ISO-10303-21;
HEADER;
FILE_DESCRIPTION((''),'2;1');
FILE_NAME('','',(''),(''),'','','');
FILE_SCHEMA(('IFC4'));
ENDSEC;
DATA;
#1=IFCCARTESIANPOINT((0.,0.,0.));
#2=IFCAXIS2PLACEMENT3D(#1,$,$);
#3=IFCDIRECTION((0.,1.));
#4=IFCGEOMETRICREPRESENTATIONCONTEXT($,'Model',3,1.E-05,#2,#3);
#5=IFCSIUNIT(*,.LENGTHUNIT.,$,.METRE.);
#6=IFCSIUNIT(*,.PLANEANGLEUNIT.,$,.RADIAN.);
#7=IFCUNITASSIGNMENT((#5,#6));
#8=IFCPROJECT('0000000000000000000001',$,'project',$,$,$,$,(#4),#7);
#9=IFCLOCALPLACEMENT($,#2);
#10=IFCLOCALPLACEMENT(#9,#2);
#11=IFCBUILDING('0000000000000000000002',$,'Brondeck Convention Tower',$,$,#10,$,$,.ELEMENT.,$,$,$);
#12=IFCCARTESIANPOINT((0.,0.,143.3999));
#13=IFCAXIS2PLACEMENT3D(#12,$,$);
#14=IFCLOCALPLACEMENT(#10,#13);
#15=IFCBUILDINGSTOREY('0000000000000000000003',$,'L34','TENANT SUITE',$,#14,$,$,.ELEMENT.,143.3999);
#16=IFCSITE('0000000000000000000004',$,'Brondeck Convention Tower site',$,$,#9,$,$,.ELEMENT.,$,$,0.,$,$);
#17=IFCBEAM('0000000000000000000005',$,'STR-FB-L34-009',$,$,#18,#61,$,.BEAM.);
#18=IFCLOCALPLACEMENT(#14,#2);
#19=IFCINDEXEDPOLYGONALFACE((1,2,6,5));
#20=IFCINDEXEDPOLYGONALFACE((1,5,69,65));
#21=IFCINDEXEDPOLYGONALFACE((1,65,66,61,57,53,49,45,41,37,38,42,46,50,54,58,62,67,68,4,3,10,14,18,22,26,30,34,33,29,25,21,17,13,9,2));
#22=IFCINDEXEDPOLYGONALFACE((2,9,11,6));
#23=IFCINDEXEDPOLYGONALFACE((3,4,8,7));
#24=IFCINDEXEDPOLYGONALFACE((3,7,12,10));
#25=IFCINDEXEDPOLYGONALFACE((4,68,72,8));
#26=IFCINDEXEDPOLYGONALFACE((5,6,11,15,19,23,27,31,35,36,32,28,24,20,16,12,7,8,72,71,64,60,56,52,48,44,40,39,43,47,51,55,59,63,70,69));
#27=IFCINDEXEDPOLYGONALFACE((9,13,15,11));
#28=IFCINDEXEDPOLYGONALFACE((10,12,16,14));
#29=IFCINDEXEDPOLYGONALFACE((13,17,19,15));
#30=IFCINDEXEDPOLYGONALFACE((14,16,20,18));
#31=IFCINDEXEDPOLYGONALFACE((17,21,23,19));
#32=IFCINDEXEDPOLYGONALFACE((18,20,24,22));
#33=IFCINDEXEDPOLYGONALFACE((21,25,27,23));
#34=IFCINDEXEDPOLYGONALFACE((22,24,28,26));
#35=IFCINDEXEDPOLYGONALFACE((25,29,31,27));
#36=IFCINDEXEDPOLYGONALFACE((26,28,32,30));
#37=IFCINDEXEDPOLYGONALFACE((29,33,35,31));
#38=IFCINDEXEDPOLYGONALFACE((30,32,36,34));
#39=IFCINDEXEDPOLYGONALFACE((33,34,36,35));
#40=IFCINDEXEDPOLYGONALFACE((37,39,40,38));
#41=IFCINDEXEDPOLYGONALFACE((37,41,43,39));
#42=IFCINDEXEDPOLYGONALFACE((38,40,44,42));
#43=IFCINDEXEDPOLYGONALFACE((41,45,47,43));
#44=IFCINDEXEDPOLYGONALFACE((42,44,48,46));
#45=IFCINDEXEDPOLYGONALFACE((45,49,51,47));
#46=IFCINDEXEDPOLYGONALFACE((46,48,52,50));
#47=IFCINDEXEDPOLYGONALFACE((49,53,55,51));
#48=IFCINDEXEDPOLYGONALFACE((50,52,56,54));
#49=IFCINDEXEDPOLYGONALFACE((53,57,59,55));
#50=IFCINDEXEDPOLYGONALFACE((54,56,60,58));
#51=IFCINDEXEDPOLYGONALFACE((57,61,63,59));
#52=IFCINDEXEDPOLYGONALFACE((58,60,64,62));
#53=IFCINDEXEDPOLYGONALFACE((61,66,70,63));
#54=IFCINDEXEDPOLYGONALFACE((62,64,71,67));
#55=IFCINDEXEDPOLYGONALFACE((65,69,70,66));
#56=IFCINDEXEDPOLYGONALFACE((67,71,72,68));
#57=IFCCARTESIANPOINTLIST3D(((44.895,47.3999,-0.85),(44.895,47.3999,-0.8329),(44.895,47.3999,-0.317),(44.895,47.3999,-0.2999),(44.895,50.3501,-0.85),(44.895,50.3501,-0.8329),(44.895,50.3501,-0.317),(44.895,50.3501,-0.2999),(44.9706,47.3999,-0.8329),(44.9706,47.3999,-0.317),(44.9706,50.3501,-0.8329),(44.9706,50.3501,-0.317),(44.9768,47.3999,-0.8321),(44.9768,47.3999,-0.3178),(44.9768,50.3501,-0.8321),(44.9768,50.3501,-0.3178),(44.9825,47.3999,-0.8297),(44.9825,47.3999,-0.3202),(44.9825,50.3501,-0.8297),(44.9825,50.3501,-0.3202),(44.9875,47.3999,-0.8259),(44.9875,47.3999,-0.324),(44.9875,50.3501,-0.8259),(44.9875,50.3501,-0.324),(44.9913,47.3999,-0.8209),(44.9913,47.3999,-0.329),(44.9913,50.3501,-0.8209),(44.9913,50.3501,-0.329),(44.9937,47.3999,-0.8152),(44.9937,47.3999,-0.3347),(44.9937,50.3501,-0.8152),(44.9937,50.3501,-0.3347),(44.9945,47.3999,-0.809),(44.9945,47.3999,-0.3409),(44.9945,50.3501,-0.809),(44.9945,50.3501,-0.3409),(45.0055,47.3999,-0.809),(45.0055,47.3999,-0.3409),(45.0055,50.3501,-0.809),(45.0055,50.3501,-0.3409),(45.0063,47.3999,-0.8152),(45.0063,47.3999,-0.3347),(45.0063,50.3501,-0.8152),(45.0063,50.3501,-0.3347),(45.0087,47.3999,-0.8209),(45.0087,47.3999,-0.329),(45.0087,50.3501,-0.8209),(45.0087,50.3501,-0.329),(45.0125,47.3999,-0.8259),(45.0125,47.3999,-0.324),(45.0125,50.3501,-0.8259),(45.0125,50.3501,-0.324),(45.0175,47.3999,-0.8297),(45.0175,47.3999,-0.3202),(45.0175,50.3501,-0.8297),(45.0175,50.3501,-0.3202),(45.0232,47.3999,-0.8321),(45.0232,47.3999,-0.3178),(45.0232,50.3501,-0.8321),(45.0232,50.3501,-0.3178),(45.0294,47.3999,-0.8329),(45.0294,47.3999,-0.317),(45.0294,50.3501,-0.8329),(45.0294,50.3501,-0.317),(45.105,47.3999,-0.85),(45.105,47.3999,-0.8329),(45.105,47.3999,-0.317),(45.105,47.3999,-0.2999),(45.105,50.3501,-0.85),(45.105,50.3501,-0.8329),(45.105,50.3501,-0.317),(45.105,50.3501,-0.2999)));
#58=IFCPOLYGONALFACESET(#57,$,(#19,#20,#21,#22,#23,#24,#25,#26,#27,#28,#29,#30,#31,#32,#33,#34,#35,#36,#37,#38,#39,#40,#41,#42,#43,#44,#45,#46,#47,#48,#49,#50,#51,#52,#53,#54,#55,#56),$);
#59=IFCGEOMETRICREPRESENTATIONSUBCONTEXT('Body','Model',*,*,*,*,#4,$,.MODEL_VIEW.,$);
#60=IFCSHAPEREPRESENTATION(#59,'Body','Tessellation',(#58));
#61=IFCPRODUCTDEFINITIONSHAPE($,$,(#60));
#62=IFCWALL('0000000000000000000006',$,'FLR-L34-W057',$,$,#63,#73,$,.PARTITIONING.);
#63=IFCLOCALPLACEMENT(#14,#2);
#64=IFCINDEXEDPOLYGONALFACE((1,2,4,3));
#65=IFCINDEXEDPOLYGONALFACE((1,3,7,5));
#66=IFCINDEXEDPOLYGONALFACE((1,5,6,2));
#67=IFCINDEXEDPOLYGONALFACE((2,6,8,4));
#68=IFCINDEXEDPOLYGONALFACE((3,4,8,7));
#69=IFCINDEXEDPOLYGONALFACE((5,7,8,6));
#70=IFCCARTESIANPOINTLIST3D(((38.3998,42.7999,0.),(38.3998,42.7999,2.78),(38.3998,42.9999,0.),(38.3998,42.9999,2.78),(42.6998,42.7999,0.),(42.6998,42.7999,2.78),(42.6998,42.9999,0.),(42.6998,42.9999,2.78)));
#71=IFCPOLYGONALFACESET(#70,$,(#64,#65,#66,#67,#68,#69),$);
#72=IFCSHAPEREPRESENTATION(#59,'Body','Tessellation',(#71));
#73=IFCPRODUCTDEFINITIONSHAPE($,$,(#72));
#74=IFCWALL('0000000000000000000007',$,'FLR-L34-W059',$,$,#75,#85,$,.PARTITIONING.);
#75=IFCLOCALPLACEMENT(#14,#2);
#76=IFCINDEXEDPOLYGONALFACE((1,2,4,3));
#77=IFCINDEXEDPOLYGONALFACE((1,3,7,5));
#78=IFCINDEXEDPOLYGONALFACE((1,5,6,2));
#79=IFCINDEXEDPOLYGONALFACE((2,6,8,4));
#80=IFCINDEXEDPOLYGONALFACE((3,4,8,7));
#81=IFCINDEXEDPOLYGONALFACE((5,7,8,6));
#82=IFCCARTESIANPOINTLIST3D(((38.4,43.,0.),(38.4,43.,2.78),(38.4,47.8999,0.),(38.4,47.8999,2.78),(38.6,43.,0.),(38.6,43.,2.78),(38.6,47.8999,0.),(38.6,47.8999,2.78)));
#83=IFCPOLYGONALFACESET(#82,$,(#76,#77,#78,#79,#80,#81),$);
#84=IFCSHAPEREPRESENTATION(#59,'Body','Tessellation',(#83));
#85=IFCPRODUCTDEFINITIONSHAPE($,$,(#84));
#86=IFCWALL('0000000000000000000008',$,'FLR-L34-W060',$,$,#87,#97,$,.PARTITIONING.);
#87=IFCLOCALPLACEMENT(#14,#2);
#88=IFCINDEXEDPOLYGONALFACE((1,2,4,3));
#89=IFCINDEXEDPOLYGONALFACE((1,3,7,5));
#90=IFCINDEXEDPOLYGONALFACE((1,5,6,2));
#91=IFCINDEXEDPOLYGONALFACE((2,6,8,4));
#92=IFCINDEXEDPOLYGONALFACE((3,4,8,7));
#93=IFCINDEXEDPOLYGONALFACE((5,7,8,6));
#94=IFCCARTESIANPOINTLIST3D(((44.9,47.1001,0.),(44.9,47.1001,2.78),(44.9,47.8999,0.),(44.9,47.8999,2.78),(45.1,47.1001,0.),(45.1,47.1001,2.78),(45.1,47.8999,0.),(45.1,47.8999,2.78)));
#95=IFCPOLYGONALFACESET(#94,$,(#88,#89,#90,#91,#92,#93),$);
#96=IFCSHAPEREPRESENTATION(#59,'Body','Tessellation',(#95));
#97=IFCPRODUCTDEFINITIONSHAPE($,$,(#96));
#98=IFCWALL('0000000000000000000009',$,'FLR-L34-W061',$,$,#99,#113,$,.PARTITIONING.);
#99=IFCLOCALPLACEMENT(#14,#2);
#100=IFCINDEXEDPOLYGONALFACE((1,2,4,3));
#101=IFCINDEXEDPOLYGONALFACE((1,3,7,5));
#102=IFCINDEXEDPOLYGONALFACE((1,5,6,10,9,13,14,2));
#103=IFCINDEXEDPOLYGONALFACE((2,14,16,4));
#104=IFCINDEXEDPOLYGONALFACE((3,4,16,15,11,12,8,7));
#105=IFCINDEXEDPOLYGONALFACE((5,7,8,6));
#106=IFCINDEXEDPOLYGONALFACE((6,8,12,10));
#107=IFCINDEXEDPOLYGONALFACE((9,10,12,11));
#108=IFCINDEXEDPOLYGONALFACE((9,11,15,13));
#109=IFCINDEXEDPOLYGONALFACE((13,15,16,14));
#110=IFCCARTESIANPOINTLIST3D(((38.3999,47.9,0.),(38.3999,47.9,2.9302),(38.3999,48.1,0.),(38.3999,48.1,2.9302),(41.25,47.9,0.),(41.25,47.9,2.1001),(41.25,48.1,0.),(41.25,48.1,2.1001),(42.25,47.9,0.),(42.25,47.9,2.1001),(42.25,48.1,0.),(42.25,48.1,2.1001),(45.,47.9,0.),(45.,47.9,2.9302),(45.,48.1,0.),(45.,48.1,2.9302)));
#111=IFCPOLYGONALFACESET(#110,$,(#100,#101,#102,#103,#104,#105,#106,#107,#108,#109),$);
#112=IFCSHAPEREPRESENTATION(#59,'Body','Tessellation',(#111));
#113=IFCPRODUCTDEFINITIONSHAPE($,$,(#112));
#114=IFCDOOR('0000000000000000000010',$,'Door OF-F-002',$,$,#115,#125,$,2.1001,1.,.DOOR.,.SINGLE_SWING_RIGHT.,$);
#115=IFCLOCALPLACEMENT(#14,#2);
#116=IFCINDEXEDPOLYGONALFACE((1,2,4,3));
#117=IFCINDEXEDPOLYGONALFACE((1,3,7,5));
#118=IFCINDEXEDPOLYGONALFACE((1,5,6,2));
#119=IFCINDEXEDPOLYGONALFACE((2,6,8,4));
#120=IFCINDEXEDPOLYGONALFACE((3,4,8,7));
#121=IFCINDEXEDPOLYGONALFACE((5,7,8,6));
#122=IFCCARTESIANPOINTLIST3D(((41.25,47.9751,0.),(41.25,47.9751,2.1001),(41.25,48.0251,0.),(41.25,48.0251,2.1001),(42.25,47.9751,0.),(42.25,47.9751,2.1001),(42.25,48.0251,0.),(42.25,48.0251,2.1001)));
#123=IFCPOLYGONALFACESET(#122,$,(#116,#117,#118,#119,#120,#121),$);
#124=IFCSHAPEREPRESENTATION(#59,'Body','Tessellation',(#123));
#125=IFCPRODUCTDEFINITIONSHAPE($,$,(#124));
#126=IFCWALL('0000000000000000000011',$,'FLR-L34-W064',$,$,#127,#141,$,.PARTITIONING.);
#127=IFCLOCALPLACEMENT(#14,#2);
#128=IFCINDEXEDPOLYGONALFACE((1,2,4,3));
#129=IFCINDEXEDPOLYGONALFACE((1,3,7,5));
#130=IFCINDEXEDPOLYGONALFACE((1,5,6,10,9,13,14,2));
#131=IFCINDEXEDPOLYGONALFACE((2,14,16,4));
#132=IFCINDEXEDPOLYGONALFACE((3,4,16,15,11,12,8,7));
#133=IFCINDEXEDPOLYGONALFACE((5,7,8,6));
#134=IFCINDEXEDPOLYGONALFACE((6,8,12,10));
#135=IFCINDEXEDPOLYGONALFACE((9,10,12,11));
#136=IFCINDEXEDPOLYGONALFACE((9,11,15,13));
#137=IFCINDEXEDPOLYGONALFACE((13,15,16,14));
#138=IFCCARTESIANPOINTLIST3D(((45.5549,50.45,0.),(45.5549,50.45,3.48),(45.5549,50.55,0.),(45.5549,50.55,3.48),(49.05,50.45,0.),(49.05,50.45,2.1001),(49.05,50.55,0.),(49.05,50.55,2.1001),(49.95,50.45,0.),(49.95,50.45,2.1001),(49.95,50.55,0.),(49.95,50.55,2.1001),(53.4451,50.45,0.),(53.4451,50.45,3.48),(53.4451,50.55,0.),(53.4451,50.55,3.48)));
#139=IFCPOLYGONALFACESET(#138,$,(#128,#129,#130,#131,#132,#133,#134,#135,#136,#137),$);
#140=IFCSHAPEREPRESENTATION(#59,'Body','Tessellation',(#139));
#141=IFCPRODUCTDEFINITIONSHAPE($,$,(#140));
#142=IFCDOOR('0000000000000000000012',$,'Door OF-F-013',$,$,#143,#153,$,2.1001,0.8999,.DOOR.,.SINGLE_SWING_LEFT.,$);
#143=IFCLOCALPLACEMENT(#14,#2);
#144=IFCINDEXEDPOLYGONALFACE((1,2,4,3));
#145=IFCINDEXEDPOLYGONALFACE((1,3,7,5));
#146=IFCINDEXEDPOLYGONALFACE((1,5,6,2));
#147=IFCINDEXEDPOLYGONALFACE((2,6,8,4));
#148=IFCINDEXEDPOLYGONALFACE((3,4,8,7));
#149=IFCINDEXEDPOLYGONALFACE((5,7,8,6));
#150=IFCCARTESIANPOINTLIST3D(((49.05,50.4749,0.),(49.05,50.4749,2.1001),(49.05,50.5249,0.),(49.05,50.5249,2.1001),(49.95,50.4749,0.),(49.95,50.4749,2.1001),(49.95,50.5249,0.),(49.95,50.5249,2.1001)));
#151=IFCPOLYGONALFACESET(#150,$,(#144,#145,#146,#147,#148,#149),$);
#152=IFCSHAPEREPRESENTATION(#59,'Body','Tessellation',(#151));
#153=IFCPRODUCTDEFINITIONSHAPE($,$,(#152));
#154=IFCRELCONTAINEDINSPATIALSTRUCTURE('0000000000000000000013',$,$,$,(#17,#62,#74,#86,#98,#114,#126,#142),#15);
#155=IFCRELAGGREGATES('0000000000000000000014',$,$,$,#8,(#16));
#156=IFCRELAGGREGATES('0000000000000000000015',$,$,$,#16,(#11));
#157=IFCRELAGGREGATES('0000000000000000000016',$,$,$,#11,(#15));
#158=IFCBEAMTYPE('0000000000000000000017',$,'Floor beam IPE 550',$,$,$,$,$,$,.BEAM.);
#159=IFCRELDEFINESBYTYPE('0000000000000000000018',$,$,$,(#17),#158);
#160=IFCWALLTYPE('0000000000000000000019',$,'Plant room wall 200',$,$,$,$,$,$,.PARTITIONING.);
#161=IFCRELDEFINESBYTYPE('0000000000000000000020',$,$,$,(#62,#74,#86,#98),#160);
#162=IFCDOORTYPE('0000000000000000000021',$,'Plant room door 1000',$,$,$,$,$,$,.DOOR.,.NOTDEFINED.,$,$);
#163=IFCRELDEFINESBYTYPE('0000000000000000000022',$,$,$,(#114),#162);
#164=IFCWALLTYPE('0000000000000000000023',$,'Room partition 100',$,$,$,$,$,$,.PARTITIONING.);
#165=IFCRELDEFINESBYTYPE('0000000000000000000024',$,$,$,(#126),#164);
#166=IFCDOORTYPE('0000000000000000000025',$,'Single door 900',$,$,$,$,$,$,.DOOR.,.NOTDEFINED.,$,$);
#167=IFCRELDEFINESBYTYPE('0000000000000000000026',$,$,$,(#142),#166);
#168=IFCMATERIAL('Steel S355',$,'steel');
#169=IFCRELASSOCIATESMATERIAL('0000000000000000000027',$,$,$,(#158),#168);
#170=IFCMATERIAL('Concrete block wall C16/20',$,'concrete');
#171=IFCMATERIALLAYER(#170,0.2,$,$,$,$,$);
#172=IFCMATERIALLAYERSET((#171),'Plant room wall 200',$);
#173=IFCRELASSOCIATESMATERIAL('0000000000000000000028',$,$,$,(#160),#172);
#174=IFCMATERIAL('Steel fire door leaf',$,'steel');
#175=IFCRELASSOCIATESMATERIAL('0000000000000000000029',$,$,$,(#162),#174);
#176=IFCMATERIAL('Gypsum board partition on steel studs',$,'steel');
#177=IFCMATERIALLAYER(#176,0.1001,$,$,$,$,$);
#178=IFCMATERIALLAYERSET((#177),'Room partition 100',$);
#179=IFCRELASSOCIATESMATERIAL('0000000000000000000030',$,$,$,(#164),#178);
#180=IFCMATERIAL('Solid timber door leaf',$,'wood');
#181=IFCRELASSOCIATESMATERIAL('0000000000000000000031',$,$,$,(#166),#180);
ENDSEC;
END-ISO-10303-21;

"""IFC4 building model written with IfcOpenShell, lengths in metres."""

from ifc_helpers import new_model, si_unit, direction, frame, frame_2d, origin, origin_2d, place, context, subcontext, project, spatial, rectangle, i_section, extrude, material, layer, layer_set, material_profile, profile_set, type_object, element, fill, save


model = new_model("IFC4")

# Units and contexts
model_context = context("Model", 3, precision=1e-05, world=origin(), true_north=direction((0.0, 1.0)))
body_context = subcontext(model_context, "Body", "Model", "MODEL_VIEW")
ifc_project = project(units=[si_unit("LENGTHUNIT", "METRE"), si_unit("PLANEANGLEUNIT", "RADIAN")], contexts=[model_context])

# Site, building, storey
site_placement = place(None, origin())
site = spatial("IfcSite", under=ifc_project, at=site_placement, Name="Brondeck Convention Tower site", CompositionType="ELEMENT", RefElevation=0.0)
building_placement = place(site_placement, origin())
building = spatial("IfcBuilding", under=site, at=building_placement, Name="Brondeck Convention Tower", CompositionType="ELEMENT")
storey_placement = place(building_placement, frame((0.0, 0.0, 143.3999)))
storey = spatial("IfcBuildingStorey", under=building, at=storey_placement, Name="L34", Description="TENANT SUITE", CompositionType="ELEMENT", Elevation=143.3999)

# Beam
ifc_material_1 = material(Name="Steel S355", Category="steel")
ifc_material_profile = material_profile(ifc_material_1, i_section(OverallWidth=0.21, OverallDepth=0.55, WebThickness=0.011, FlangeThickness=0.0171, FilletRadius=0.0239, at=origin_2d()), Name="IPE 550")
ifc_profile_set = profile_set([ifc_material_profile], Name="Steel S355")
beam_type = type_object("IfcBeamType", Name="Floor beam IPE 550", PredefinedType="BEAM", material=ifc_profile_set)
beam_placement = place(storey_placement, frame((45.0, 47.3999, -0.575), z_axis=(0.0, 1.0, 0.0), x_axis=(-1.0, 0.0, 0.0)))
element("IfcBeam", 1, at=beam_placement, inside=storey, type_object=beam_type, Name="STR-FB-L34-009", PredefinedType="BEAM", context=body_context, shape_type="SweptSolid", body=[
    extrude(i_section(OverallWidth=0.21, OverallDepth=0.55, WebThickness=0.011, FlangeThickness=0.0171, FilletRadius=0.0239, at=origin_2d()), origin(), (0.0, 0.0, 1.0), 2.9502),
])

# Walls
ifc_material_2 = material(Name="Concrete block wall C16/20", Category="concrete")
ifc_layer_1 = layer(ifc_material_2, 0.2)
ifc_layer_set_1 = layer_set([ifc_layer_1], Name="Plant room wall 200")
wall_type_1 = type_object("IfcWallType", Name="Plant room wall 200", PredefinedType="PARTITIONING", material=ifc_layer_set_1)
wall_1_placement = place(storey_placement, frame((38.3999, 42.8999, 0.0), z_axis=(0.0, 0.0, 1.0), x_axis=(1.0, 0.0, 0.0)))
element("IfcWall", 2, at=wall_1_placement, inside=storey, type_object=wall_type_1, Name="FLR-L34-W057", PredefinedType="PARTITIONING", context=body_context, shape_type="SweptSolid", body=[
    extrude(rectangle(XDim=4.3, YDim=0.2, at=frame_2d((2.1499, 0.0))), origin(), (0.0, 0.0, 1.0), 2.78),
])
wall_2_placement = place(storey_placement, frame((38.5, 47.8999, 0.0), z_axis=(0.0, 0.0, 1.0), x_axis=(0.0, -1.0, 0.0)))
element("IfcWall", 3, at=wall_2_placement, inside=storey, type_object=wall_type_1, Name="FLR-L34-W059", PredefinedType="PARTITIONING", context=body_context, shape_type="SweptSolid", body=[
    extrude(rectangle(XDim=4.8999, YDim=0.2, at=frame_2d((2.45, 0.0))), origin(), (0.0, 0.0, 1.0), 2.78),
])
wall_3_placement = place(storey_placement, frame((45.0, 47.8999, 0.0), z_axis=(0.0, 0.0, 1.0), x_axis=(0.0, -1.0, 0.0)))
element("IfcWall", 4, at=wall_3_placement, inside=storey, type_object=wall_type_1, Name="FLR-L34-W060", PredefinedType="PARTITIONING", context=body_context, shape_type="SweptSolid", body=[
    extrude(rectangle(XDim=0.7998, YDim=0.2, at=frame_2d((0.3999, 0.0))), origin(), (0.0, 0.0, 1.0), 2.78),
])

# Walls, openings, doors
wall_4_placement = place(storey_placement, frame((45.0, 48.0, 0.0), z_axis=(0.0, 0.0, 1.0), x_axis=(-1.0, 0.0, 0.0)))
wall_4 = element("IfcWall", 5, at=wall_4_placement, inside=storey, type_object=wall_type_1, Name="FLR-L34-W061", PredefinedType="PARTITIONING", context=body_context, shape_type="SweptSolid", body=[
    extrude(rectangle(XDim=6.6001, YDim=0.2, at=frame_2d((3.3, 0.0))), origin(), (0.0, 0.0, 1.0), 2.9302),
])
opening_1_placement = place(wall_4_placement, frame((2.75, 0.0, 0.0)))
opening_1 = element("IfcOpeningElement", 6, at=opening_1_placement, cuts=wall_4, PredefinedType="OPENING", context=body_context, shape_type="SweptSolid", body=[
    extrude(rectangle(XDim=1.0, YDim=2.1001, at=frame_2d((0.5, 1.05))), frame((0.0, 0.1099, 0.0), z_axis=(0.0, -1.0, 0.0), x_axis=(1.0, 0.0, 0.0)), (0.0, 0.0, 1.0), 0.22),
])
ifc_material_3 = material(Name="Steel fire door leaf", Category="steel")
door_type_1 = type_object("IfcDoorType", Name="Plant room door 1000", OperationType="NOTDEFINED", PredefinedType="DOOR", material=ifc_material_3)
door_1_placement = place(opening_1_placement, origin())
door_1 = element("IfcDoor", 7, at=door_1_placement, inside=storey, type_object=door_type_1, Name="Door OF-F-002", OperationType="SINGLE_SWING_RIGHT", OverallHeight=2.1001, OverallWidth=1.0, PredefinedType="DOOR", context=body_context, shape_type="SweptSolid", body=[
    extrude(rectangle(XDim=1.0, YDim=2.1001, at=frame_2d((0.5, 1.05))), frame((0.0, 0.0249, 0.0), z_axis=(0.0, -1.0, 0.0), x_axis=(1.0, 0.0, 0.0)), (0.0, 0.0, 1.0), 0.05),
])
fill(opening_1, door_1)
ifc_material_4 = material(Name="Gypsum board partition on steel studs", Category="steel")
ifc_layer_2 = layer(ifc_material_4, 0.1001)
ifc_layer_set_2 = layer_set([ifc_layer_2], Name="Room partition 100")
wall_type_2 = type_object("IfcWallType", Name="Room partition 100", PredefinedType="PARTITIONING", material=ifc_layer_set_2)
wall_5_placement = place(storey_placement, frame((45.5549, 50.5, 0.0), z_axis=(0.0, 0.0, 1.0), x_axis=(1.0, 0.0, 0.0)))
wall_5 = element("IfcWall", 8, at=wall_5_placement, inside=storey, type_object=wall_type_2, Name="FLR-L34-W064", PredefinedType="PARTITIONING", context=body_context, shape_type="SweptSolid", body=[
    extrude(rectangle(XDim=7.8901, YDim=0.1001, at=frame_2d((3.9451, 0.0))), origin(), (0.0, 0.0, 1.0), 3.48),
])
opening_2_placement = place(wall_5_placement, frame((3.4951, 0.0, 0.0)))
opening_2 = element("IfcOpeningElement", 9, at=opening_2_placement, cuts=wall_5, PredefinedType="OPENING", context=body_context, shape_type="SweptSolid", body=[
    extrude(rectangle(XDim=0.8999, YDim=2.1001, at=frame_2d((0.45, 1.05))), frame((0.0, 0.0601, 0.0), z_axis=(0.0, -1.0, 0.0), x_axis=(1.0, 0.0, 0.0)), (0.0, 0.0, 1.0), 0.1201),
])
ifc_material_5 = material(Name="Solid timber door leaf", Category="wood")
door_type_2 = type_object("IfcDoorType", Name="Single door 900", OperationType="NOTDEFINED", PredefinedType="DOOR", material=ifc_material_5)
door_2_placement = place(opening_2_placement, origin())
door_2 = element("IfcDoor", 10, at=door_2_placement, inside=storey, type_object=door_type_2, Name="Door OF-F-013", OperationType="SINGLE_SWING_LEFT", OverallHeight=2.1001, OverallWidth=0.8999, PredefinedType="DOOR", context=body_context, shape_type="SweptSolid", body=[
    extrude(rectangle(XDim=0.8999, YDim=2.1001, at=frame_2d((0.45, 1.05))), frame((0.0, 0.0249, 0.0), z_axis=(0.0, -1.0, 0.0), x_axis=(1.0, 0.0, 0.0)), (0.0, 0.0, 1.0), 0.05),
])
fill(opening_2, door_2)

save(model, "model.ifc")
